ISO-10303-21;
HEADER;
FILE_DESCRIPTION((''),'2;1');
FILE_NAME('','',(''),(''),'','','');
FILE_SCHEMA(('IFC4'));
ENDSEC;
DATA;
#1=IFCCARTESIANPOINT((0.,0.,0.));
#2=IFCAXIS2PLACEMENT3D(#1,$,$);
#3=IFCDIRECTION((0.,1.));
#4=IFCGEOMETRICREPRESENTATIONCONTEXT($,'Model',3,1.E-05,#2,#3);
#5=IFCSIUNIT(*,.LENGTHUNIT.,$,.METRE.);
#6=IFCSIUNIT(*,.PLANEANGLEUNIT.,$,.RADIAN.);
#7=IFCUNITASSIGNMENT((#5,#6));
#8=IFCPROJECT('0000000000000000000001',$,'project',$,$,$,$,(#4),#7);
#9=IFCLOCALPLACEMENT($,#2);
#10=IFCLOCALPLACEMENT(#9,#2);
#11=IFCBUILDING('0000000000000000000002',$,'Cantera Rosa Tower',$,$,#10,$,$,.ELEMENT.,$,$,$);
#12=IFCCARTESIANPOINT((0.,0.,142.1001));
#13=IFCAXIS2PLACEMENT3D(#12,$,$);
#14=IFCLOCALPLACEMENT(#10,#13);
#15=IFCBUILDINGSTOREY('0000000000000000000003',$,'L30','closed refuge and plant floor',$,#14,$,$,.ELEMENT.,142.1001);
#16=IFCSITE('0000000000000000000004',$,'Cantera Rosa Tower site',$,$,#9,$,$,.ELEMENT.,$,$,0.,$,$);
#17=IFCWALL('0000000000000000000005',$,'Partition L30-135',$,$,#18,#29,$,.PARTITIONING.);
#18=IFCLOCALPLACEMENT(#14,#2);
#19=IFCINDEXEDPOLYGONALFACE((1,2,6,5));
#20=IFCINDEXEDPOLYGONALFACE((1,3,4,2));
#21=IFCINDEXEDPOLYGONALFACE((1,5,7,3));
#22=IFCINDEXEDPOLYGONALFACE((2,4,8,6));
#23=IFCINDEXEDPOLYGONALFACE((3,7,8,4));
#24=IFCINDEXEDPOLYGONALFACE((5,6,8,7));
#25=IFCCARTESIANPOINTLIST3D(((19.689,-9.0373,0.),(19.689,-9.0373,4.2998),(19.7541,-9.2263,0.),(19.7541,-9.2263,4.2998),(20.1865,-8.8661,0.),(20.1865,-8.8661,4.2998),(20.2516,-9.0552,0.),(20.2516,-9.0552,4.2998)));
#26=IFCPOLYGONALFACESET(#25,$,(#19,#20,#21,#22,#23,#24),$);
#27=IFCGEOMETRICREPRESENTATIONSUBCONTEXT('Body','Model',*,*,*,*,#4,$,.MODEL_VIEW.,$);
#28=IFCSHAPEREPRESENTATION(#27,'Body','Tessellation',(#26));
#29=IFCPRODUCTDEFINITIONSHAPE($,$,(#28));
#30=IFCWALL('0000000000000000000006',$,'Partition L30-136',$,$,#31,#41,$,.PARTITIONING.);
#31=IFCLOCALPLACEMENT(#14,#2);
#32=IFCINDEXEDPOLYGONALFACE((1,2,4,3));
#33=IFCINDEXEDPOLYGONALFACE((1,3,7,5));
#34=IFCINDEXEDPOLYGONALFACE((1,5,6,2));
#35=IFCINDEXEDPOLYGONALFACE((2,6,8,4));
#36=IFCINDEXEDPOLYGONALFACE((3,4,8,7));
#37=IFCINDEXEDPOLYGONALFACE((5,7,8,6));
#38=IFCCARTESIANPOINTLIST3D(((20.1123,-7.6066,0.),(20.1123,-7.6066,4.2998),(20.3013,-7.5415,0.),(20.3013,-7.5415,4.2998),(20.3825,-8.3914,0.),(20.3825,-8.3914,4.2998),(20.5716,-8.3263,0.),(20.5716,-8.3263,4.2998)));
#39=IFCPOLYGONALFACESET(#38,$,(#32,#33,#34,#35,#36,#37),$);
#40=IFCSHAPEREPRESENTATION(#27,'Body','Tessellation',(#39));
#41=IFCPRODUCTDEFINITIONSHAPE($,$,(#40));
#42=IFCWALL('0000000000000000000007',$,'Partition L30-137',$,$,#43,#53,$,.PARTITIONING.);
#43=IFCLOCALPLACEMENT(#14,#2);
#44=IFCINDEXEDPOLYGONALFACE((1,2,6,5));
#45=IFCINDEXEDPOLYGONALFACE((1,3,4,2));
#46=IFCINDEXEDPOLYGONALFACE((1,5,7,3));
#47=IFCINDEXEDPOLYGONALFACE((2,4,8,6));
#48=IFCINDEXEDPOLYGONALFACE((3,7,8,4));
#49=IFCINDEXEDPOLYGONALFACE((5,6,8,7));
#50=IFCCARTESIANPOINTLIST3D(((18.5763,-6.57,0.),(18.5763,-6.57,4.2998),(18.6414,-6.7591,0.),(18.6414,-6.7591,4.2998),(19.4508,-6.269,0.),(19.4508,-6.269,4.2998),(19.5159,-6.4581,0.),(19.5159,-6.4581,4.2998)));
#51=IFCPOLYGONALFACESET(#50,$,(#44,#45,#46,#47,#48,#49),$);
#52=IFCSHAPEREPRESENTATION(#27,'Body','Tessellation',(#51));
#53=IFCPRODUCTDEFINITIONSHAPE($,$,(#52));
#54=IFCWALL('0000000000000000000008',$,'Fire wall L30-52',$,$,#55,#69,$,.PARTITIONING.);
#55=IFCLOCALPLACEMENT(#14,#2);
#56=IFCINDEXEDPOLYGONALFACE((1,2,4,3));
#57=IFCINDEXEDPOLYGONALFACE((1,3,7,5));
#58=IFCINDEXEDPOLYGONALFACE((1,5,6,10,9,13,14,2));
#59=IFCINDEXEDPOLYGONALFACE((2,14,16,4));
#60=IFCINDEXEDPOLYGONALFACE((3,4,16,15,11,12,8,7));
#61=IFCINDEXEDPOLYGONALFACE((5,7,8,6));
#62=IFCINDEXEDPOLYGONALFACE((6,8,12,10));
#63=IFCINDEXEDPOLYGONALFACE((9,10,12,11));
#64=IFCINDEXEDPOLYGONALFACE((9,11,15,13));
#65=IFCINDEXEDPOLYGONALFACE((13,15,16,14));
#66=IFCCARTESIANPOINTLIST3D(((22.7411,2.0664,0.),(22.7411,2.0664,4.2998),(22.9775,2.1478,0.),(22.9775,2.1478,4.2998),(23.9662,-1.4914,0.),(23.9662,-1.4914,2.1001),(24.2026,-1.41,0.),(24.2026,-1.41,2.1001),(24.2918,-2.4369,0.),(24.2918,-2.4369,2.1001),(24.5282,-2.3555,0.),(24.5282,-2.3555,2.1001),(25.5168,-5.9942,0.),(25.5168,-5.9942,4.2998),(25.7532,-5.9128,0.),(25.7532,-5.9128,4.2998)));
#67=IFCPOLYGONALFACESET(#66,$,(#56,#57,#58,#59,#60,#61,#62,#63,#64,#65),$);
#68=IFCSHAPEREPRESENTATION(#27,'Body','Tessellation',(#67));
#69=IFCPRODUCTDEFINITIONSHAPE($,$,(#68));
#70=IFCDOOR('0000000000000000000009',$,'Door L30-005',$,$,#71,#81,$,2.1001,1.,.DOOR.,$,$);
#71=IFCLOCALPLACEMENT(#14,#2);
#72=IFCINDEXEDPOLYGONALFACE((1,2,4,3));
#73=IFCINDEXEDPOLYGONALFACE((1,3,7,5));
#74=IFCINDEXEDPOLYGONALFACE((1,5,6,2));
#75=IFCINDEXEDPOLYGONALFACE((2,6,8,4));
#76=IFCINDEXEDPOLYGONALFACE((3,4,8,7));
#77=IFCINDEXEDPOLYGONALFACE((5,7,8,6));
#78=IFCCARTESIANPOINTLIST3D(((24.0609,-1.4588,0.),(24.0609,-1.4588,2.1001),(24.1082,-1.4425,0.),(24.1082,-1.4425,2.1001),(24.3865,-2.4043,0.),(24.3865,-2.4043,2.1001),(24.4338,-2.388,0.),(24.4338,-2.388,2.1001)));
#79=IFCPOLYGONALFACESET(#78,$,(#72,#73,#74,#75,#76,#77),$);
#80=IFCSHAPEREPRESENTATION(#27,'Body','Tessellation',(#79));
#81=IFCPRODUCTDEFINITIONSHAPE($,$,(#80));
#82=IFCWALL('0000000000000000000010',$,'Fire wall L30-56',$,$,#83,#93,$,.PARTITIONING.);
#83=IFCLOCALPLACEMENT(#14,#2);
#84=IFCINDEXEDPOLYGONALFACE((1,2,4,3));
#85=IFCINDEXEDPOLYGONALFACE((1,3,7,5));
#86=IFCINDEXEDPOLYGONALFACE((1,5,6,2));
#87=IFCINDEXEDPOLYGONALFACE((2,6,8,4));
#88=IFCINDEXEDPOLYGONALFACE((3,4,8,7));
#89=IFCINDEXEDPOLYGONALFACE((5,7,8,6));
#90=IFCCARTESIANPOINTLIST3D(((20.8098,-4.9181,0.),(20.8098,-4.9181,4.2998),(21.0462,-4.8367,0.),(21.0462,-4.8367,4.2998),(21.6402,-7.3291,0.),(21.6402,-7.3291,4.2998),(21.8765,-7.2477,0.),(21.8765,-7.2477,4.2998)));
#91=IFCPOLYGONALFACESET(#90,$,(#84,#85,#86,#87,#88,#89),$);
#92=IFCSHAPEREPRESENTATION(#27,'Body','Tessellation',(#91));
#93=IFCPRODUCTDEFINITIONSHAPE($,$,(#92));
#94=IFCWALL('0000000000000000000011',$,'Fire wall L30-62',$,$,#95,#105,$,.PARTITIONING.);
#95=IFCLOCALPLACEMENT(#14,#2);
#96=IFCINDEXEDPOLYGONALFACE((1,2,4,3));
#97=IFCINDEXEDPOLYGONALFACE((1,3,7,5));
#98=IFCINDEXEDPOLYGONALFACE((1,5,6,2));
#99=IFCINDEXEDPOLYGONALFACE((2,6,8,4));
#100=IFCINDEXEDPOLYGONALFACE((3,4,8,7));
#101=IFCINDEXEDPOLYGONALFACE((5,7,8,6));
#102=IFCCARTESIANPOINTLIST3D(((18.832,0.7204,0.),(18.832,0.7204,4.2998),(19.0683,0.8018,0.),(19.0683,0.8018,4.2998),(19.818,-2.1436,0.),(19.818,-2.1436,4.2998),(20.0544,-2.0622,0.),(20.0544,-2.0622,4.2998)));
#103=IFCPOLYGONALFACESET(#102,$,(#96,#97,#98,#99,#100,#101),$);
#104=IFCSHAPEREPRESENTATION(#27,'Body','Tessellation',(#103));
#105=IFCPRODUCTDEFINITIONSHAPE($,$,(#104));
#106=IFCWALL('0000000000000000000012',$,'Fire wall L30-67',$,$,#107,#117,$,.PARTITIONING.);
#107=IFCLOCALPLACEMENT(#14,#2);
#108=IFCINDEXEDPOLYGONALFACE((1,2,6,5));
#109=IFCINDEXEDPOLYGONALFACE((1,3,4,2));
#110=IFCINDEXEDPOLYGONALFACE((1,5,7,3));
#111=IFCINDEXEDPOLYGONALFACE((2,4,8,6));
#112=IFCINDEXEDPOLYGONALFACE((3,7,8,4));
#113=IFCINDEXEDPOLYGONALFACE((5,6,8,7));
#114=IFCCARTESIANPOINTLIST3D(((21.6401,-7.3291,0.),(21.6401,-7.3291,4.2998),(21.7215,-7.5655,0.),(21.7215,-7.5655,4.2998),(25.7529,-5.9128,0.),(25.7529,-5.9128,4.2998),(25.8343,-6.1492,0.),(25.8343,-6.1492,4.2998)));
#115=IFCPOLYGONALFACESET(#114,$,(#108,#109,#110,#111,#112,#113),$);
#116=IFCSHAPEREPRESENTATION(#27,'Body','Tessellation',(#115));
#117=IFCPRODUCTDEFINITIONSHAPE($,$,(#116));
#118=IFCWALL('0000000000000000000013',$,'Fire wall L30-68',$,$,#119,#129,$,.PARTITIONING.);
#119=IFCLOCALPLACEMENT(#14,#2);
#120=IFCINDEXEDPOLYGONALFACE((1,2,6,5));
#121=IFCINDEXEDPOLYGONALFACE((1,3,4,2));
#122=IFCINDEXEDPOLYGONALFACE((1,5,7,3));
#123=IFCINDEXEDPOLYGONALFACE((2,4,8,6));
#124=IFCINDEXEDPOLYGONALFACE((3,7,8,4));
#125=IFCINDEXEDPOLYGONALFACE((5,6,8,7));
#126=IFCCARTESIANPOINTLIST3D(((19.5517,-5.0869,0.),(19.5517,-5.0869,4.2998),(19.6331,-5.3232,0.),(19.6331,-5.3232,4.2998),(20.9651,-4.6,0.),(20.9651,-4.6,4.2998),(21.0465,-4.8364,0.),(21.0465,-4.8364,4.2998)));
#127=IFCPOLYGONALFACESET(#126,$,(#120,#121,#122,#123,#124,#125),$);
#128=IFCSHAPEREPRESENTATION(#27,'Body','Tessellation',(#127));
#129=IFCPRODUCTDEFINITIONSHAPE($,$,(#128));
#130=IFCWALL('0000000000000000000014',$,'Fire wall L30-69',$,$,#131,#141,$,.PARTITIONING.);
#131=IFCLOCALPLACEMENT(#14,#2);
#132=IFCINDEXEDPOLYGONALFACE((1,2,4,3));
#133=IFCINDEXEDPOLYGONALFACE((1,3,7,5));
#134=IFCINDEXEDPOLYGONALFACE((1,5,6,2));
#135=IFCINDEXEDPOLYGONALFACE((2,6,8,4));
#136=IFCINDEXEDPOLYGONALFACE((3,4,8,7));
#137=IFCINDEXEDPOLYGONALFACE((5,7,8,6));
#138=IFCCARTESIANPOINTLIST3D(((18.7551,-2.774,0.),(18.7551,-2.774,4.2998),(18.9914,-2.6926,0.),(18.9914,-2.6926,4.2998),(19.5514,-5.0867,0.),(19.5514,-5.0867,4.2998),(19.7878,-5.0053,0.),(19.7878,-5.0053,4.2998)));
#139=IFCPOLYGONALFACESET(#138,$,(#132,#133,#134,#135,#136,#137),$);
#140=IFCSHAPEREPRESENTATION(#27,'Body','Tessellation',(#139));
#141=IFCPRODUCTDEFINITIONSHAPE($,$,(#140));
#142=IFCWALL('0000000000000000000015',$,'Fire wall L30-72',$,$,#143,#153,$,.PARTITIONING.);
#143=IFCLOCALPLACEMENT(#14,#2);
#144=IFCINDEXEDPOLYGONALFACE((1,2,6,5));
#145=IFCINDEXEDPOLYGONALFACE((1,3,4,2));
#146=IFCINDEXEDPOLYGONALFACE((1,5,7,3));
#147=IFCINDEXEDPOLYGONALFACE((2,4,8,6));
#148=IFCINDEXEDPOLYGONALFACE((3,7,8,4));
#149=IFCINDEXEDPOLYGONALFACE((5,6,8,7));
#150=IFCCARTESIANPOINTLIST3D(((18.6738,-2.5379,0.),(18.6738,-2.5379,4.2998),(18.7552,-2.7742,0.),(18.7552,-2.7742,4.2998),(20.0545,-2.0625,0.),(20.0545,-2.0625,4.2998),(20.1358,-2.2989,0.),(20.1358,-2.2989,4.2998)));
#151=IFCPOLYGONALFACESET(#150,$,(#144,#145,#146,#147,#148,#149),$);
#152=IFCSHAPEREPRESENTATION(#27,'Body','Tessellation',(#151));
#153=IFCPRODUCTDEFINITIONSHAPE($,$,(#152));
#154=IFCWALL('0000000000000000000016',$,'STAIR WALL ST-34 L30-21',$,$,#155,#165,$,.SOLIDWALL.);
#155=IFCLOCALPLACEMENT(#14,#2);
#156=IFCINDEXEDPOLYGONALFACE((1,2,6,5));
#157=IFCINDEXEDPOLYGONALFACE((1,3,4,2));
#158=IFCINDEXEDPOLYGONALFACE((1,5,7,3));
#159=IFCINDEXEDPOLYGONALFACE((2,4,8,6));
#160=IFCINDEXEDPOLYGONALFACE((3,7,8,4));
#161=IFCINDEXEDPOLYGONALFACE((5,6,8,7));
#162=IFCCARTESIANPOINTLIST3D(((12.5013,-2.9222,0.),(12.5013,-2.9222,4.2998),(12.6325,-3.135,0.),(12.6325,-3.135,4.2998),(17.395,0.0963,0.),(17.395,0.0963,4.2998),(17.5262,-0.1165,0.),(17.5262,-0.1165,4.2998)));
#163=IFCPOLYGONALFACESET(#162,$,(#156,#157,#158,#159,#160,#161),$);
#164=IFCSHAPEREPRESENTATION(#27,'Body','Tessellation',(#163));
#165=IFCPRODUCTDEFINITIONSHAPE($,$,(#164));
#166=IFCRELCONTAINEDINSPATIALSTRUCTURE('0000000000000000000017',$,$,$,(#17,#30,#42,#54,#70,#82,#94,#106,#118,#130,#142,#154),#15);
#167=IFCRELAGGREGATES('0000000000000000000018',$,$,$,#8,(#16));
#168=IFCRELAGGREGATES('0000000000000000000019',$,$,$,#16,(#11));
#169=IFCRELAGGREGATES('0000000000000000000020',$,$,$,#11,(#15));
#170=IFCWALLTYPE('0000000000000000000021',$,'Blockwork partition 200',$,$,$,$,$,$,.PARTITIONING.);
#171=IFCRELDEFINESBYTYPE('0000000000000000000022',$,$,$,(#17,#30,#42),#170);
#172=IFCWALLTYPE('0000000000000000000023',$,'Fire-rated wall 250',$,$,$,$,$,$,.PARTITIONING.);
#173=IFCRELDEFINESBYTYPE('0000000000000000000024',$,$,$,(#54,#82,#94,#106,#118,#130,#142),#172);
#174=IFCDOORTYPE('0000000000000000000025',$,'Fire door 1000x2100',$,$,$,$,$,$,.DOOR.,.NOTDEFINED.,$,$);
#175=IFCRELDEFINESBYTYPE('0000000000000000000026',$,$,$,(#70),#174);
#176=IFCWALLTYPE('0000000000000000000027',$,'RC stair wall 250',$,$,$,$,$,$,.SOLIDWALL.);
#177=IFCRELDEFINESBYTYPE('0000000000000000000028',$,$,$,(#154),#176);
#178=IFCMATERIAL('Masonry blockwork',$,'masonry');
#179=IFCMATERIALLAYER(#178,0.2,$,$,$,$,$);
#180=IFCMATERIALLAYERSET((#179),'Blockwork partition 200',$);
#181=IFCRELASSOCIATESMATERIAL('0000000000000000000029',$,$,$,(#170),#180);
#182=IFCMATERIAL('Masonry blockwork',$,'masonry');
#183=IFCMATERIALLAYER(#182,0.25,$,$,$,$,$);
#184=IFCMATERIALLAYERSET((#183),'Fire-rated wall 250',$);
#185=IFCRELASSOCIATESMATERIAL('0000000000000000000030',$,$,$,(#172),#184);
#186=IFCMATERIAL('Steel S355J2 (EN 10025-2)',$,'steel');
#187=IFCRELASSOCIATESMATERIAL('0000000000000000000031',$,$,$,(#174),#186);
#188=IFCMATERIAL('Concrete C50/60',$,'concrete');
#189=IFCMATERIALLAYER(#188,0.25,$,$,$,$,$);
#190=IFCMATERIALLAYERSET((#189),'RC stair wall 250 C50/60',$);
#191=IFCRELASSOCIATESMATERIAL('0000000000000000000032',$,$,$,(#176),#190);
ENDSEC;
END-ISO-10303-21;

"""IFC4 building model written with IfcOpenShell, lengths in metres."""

from ifc_helpers import new_model, si_unit, direction, frame, frame_2d, origin, place, context, subcontext, project, spatial, rectangle, extrude, material, layer, layer_set, type_object, element, fill, save


model = new_model("IFC4")

# Units and contexts
model_context = context("Model", 3, precision=1e-05, world=origin(), true_north=direction((0.0, 1.0)))
body_context = subcontext(model_context, "Body", "Model", "MODEL_VIEW")
ifc_project = project(units=[si_unit("LENGTHUNIT", "METRE"), si_unit("PLANEANGLEUNIT", "RADIAN")], contexts=[model_context])

# Site, building, storey
site_placement = place(None, origin())
site = spatial("IfcSite", under=ifc_project, at=site_placement, Name="Cantera Rosa Tower site", CompositionType="ELEMENT", RefElevation=0.0)
building_placement = place(site_placement, origin())
building = spatial("IfcBuilding", under=site, at=building_placement, Name="Cantera Rosa Tower", CompositionType="ELEMENT")
storey_placement = place(building_placement, frame((0.0, 0.0, 142.1001)))
storey = spatial("IfcBuildingStorey", under=building, at=storey_placement, Name="L30", Description="closed refuge and plant floor", CompositionType="ELEMENT", Elevation=142.1001)

# Walls
ifc_material_1 = material(Name="Masonry blockwork", Category="masonry")
ifc_layer_1 = layer(ifc_material_1, 0.2)
ifc_layer_set_1 = layer_set([ifc_layer_1], Name="Blockwork partition 200")
wall_type_1 = type_object("IfcWallType", Name="Blockwork partition 200", PredefinedType="PARTITIONING", material=ifc_layer_set_1)
wall_1_placement = place(storey_placement, frame((19.7214, -9.1318, 0.0), z_axis=(0.0, 0.0, 1.0), x_axis=(0.945624, 0.325261, 0.0)))
element("IfcWall", 1, at=wall_1_placement, inside=storey, type_object=wall_type_1, Name="Partition L30-135", PredefinedType="PARTITIONING", context=body_context, shape_type="SweptSolid", body=[
    extrude(rectangle(XDim=0.5261, YDim=0.2, at=frame_2d((0.2632, 0.0))), origin(), (0.0, 0.0, 1.0), 4.2998),
])
wall_2_placement = place(storey_placement, frame((20.4771, -8.3589, 0.0), z_axis=(0.0, 0.0, 1.0), x_axis=(-0.325565, 0.94552, 0.0)))
element("IfcWall", 2, at=wall_2_placement, inside=storey, type_object=wall_type_1, Name="Partition L30-136", PredefinedType="PARTITIONING", context=body_context, shape_type="SweptSolid", body=[
    extrude(rectangle(XDim=0.8301, YDim=0.2, at=frame_2d((0.415, 0.0))), origin(), (0.0, 0.0, 1.0), 4.2998),
])
wall_3_placement = place(storey_placement, frame((18.6089, -6.6646, 0.0), z_axis=(0.0, 0.0, 1.0), x_axis=(0.94555, 0.325478, 0.0)))
element("IfcWall", 3, at=wall_3_placement, inside=storey, type_object=wall_type_1, Name="Partition L30-137", PredefinedType="PARTITIONING", context=body_context, shape_type="SweptSolid", body=[
    extrude(rectangle(XDim=0.9248, YDim=0.2, at=frame_2d((0.4624, 0.0))), origin(), (0.0, 0.0, 1.0), 4.2998),
])

# Wall, opening, door
ifc_material_2 = material(Name="Masonry blockwork", Category="masonry")
ifc_layer_2 = layer(ifc_material_2, 0.25)
ifc_layer_set_2 = layer_set([ifc_layer_2], Name="Fire-rated wall 250")
wall_type_2 = type_object("IfcWallType", Name="Fire-rated wall 250", PredefinedType="PARTITIONING", material=ifc_layer_set_2)
wall_4_placement = place(storey_placement, frame((25.635, -5.9536, 0.0), z_axis=(0.0, 0.0, 1.0), x_axis=(-0.325586, 0.945513, 0.0)))
wall_4 = element("IfcWall", 4, at=wall_4_placement, inside=storey, type_object=wall_type_2, Name="Fire wall L30-52", PredefinedType="PARTITIONING", context=body_context, shape_type="SweptSolid", body=[
    extrude(rectangle(XDim=8.5251, YDim=0.25, at=frame_2d((4.2627, 0.0))), origin(), (0.0, 0.0, 1.0), 4.2998),
])
opening_1_placement = place(wall_4_placement, frame((3.7625, 0.0, 0.0)))
opening_1 = element("IfcOpeningElement", 5, at=opening_1_placement, cuts=wall_4, PredefinedType="OPENING", context=body_context, shape_type="SweptSolid", body=[
    extrude(rectangle(XDim=1.0, YDim=2.1001, at=frame_2d((0.5, 1.05))), frame((0.0, 0.135, 0.0), z_axis=(0.0, -1.0, 0.0), x_axis=(1.0, 0.0, 0.0)), (0.0, 0.0, 1.0), 0.27),
])
ifc_material_3 = material(Name="Steel S355J2 (EN 10025-2)", Category="steel")
door_type_1 = type_object("IfcDoorType", Name="Fire door 1000x2100", OperationType="NOTDEFINED", PredefinedType="DOOR", material=ifc_material_3)
door_1_placement = place(opening_1_placement, origin())
door_1 = element("IfcDoor", 6, at=door_1_placement, inside=storey, type_object=door_type_1, Name="Door L30-005", OverallHeight=2.1001, OverallWidth=1.0, PredefinedType="DOOR", context=body_context, shape_type="SweptSolid", body=[
    extrude(rectangle(XDim=1.0, YDim=2.1001, at=frame_2d((0.5, 1.05))), frame((0.0, 0.0249, 0.0), z_axis=(0.0, -1.0, 0.0), x_axis=(1.0, 0.0, 0.0)), (0.0, 0.0, 1.0), 0.05),
])
fill(opening_1, door_1)

# Walls
wall_5_placement = place(storey_placement, frame((21.7583, -7.2883, 0.0), z_axis=(0.0, 0.0, 1.0), x_axis=(-0.325604, 0.945506, 0.0)))
element("IfcWall", 7, at=wall_5_placement, inside=storey, type_object=wall_type_2, Name="Fire wall L30-56", PredefinedType="PARTITIONING", context=body_context, shape_type="SweptSolid", body=[
    extrude(rectangle(XDim=2.55, YDim=0.25, at=frame_2d((1.2749, 0.0))), origin(), (0.0, 0.0, 1.0), 4.2998),
])
wall_6_placement = place(storey_placement, frame((19.9363, -2.103, 0.0), z_axis=(0.0, 0.0, 1.0), x_axis=(-0.325546, 0.945526, 0.0)))
element("IfcWall", 8, at=wall_6_placement, inside=storey, type_object=wall_type_2, Name="Fire wall L30-62", PredefinedType="PARTITIONING", context=body_context, shape_type="SweptSolid", body=[
    extrude(rectangle(XDim=3.0291, YDim=0.25, at=frame_2d((1.5146, 0.0))), origin(), (0.0, 0.0, 1.0), 4.2998),
])
wall_7_placement = place(storey_placement, frame((21.6809, -7.4473, 0.0), z_axis=(0.0, 0.0, 1.0), x_axis=(0.945511, 0.325591, 0.0)))
element("IfcWall", 9, at=wall_7_placement, inside=storey, type_object=wall_type_2, Name="Fire wall L30-67", PredefinedType="PARTITIONING", context=body_context, shape_type="SweptSolid", body=[
    extrude(rectangle(XDim=4.3499, YDim=0.25, at=frame_2d((2.1748, 0.0))), origin(), (0.0, 0.0, 1.0), 4.2998),
])
wall_8_placement = place(storey_placement, frame((19.5923, -5.2051, 0.0), z_axis=(0.0, 0.0, 1.0), x_axis=(0.945484, 0.325669, 0.0)))
element("IfcWall", 10, at=wall_8_placement, inside=storey, type_object=wall_type_2, Name="Fire wall L30-68", PredefinedType="PARTITIONING", context=body_context, shape_type="SweptSolid", body=[
    extrude(rectangle(XDim=1.4949, YDim=0.25, at=frame_2d((0.7476, 0.0))), origin(), (0.0, 0.0, 1.0), 4.2998),
])
wall_9_placement = place(storey_placement, frame((19.6697, -5.0461, 0.0), z_axis=(0.0, 0.0, 1.0), x_axis=(-0.325585, 0.945513, 0.0)))
element("IfcWall", 11, at=wall_9_placement, inside=storey, type_object=wall_type_2, Name="Fire wall L30-69", PredefinedType="PARTITIONING", context=body_context, shape_type="SweptSolid", body=[
    extrude(rectangle(XDim=2.446, YDim=0.25, at=frame_2d((1.2231, 0.0))), origin(), (0.0, 0.0, 1.0), 4.2998),
])
wall_10_placement = place(storey_placement, frame((18.7146, -2.656, 0.0), z_axis=(0.0, 0.0, 1.0), x_axis=(0.945527, 0.325542, 0.0)))
element("IfcWall", 12, at=wall_10_placement, inside=storey, type_object=wall_type_2, Name="Fire wall L30-72", PredefinedType="PARTITIONING", context=body_context, shape_type="SweptSolid", body=[
    extrude(rectangle(XDim=1.4602, YDim=0.25, at=frame_2d((0.73, 0.0))), origin(), (0.0, 0.0, 1.0), 4.2998),
])
ifc_material_4 = material(Name="Concrete C50/60", Category="concrete")
ifc_layer_3 = layer(ifc_material_4, 0.25)
ifc_layer_set_3 = layer_set([ifc_layer_3], Name="RC stair wall 250 C50/60")
wall_type_3 = type_object("IfcWallType", Name="RC stair wall 250", PredefinedType="SOLIDWALL", material=ifc_layer_set_3)
wall_11_placement = place(storey_placement, frame((17.4607, -0.01, 0.0), z_axis=(0.0, 0.0, 1.0), x_axis=(-0.851116, -0.524978, 0.0)))
element("IfcWall", 13, at=wall_11_placement, inside=storey, type_object=wall_type_3, Name="STAIR WALL ST-34 L30-21", PredefinedType="SOLIDWALL", context=body_context, shape_type="SweptSolid", body=[
    extrude(rectangle(XDim=5.7498, YDim=0.25, at=frame_2d((2.875, 0.0))), origin(), (0.0, 0.0, 1.0), 4.2998),
])

save(model, "model.ifc")
